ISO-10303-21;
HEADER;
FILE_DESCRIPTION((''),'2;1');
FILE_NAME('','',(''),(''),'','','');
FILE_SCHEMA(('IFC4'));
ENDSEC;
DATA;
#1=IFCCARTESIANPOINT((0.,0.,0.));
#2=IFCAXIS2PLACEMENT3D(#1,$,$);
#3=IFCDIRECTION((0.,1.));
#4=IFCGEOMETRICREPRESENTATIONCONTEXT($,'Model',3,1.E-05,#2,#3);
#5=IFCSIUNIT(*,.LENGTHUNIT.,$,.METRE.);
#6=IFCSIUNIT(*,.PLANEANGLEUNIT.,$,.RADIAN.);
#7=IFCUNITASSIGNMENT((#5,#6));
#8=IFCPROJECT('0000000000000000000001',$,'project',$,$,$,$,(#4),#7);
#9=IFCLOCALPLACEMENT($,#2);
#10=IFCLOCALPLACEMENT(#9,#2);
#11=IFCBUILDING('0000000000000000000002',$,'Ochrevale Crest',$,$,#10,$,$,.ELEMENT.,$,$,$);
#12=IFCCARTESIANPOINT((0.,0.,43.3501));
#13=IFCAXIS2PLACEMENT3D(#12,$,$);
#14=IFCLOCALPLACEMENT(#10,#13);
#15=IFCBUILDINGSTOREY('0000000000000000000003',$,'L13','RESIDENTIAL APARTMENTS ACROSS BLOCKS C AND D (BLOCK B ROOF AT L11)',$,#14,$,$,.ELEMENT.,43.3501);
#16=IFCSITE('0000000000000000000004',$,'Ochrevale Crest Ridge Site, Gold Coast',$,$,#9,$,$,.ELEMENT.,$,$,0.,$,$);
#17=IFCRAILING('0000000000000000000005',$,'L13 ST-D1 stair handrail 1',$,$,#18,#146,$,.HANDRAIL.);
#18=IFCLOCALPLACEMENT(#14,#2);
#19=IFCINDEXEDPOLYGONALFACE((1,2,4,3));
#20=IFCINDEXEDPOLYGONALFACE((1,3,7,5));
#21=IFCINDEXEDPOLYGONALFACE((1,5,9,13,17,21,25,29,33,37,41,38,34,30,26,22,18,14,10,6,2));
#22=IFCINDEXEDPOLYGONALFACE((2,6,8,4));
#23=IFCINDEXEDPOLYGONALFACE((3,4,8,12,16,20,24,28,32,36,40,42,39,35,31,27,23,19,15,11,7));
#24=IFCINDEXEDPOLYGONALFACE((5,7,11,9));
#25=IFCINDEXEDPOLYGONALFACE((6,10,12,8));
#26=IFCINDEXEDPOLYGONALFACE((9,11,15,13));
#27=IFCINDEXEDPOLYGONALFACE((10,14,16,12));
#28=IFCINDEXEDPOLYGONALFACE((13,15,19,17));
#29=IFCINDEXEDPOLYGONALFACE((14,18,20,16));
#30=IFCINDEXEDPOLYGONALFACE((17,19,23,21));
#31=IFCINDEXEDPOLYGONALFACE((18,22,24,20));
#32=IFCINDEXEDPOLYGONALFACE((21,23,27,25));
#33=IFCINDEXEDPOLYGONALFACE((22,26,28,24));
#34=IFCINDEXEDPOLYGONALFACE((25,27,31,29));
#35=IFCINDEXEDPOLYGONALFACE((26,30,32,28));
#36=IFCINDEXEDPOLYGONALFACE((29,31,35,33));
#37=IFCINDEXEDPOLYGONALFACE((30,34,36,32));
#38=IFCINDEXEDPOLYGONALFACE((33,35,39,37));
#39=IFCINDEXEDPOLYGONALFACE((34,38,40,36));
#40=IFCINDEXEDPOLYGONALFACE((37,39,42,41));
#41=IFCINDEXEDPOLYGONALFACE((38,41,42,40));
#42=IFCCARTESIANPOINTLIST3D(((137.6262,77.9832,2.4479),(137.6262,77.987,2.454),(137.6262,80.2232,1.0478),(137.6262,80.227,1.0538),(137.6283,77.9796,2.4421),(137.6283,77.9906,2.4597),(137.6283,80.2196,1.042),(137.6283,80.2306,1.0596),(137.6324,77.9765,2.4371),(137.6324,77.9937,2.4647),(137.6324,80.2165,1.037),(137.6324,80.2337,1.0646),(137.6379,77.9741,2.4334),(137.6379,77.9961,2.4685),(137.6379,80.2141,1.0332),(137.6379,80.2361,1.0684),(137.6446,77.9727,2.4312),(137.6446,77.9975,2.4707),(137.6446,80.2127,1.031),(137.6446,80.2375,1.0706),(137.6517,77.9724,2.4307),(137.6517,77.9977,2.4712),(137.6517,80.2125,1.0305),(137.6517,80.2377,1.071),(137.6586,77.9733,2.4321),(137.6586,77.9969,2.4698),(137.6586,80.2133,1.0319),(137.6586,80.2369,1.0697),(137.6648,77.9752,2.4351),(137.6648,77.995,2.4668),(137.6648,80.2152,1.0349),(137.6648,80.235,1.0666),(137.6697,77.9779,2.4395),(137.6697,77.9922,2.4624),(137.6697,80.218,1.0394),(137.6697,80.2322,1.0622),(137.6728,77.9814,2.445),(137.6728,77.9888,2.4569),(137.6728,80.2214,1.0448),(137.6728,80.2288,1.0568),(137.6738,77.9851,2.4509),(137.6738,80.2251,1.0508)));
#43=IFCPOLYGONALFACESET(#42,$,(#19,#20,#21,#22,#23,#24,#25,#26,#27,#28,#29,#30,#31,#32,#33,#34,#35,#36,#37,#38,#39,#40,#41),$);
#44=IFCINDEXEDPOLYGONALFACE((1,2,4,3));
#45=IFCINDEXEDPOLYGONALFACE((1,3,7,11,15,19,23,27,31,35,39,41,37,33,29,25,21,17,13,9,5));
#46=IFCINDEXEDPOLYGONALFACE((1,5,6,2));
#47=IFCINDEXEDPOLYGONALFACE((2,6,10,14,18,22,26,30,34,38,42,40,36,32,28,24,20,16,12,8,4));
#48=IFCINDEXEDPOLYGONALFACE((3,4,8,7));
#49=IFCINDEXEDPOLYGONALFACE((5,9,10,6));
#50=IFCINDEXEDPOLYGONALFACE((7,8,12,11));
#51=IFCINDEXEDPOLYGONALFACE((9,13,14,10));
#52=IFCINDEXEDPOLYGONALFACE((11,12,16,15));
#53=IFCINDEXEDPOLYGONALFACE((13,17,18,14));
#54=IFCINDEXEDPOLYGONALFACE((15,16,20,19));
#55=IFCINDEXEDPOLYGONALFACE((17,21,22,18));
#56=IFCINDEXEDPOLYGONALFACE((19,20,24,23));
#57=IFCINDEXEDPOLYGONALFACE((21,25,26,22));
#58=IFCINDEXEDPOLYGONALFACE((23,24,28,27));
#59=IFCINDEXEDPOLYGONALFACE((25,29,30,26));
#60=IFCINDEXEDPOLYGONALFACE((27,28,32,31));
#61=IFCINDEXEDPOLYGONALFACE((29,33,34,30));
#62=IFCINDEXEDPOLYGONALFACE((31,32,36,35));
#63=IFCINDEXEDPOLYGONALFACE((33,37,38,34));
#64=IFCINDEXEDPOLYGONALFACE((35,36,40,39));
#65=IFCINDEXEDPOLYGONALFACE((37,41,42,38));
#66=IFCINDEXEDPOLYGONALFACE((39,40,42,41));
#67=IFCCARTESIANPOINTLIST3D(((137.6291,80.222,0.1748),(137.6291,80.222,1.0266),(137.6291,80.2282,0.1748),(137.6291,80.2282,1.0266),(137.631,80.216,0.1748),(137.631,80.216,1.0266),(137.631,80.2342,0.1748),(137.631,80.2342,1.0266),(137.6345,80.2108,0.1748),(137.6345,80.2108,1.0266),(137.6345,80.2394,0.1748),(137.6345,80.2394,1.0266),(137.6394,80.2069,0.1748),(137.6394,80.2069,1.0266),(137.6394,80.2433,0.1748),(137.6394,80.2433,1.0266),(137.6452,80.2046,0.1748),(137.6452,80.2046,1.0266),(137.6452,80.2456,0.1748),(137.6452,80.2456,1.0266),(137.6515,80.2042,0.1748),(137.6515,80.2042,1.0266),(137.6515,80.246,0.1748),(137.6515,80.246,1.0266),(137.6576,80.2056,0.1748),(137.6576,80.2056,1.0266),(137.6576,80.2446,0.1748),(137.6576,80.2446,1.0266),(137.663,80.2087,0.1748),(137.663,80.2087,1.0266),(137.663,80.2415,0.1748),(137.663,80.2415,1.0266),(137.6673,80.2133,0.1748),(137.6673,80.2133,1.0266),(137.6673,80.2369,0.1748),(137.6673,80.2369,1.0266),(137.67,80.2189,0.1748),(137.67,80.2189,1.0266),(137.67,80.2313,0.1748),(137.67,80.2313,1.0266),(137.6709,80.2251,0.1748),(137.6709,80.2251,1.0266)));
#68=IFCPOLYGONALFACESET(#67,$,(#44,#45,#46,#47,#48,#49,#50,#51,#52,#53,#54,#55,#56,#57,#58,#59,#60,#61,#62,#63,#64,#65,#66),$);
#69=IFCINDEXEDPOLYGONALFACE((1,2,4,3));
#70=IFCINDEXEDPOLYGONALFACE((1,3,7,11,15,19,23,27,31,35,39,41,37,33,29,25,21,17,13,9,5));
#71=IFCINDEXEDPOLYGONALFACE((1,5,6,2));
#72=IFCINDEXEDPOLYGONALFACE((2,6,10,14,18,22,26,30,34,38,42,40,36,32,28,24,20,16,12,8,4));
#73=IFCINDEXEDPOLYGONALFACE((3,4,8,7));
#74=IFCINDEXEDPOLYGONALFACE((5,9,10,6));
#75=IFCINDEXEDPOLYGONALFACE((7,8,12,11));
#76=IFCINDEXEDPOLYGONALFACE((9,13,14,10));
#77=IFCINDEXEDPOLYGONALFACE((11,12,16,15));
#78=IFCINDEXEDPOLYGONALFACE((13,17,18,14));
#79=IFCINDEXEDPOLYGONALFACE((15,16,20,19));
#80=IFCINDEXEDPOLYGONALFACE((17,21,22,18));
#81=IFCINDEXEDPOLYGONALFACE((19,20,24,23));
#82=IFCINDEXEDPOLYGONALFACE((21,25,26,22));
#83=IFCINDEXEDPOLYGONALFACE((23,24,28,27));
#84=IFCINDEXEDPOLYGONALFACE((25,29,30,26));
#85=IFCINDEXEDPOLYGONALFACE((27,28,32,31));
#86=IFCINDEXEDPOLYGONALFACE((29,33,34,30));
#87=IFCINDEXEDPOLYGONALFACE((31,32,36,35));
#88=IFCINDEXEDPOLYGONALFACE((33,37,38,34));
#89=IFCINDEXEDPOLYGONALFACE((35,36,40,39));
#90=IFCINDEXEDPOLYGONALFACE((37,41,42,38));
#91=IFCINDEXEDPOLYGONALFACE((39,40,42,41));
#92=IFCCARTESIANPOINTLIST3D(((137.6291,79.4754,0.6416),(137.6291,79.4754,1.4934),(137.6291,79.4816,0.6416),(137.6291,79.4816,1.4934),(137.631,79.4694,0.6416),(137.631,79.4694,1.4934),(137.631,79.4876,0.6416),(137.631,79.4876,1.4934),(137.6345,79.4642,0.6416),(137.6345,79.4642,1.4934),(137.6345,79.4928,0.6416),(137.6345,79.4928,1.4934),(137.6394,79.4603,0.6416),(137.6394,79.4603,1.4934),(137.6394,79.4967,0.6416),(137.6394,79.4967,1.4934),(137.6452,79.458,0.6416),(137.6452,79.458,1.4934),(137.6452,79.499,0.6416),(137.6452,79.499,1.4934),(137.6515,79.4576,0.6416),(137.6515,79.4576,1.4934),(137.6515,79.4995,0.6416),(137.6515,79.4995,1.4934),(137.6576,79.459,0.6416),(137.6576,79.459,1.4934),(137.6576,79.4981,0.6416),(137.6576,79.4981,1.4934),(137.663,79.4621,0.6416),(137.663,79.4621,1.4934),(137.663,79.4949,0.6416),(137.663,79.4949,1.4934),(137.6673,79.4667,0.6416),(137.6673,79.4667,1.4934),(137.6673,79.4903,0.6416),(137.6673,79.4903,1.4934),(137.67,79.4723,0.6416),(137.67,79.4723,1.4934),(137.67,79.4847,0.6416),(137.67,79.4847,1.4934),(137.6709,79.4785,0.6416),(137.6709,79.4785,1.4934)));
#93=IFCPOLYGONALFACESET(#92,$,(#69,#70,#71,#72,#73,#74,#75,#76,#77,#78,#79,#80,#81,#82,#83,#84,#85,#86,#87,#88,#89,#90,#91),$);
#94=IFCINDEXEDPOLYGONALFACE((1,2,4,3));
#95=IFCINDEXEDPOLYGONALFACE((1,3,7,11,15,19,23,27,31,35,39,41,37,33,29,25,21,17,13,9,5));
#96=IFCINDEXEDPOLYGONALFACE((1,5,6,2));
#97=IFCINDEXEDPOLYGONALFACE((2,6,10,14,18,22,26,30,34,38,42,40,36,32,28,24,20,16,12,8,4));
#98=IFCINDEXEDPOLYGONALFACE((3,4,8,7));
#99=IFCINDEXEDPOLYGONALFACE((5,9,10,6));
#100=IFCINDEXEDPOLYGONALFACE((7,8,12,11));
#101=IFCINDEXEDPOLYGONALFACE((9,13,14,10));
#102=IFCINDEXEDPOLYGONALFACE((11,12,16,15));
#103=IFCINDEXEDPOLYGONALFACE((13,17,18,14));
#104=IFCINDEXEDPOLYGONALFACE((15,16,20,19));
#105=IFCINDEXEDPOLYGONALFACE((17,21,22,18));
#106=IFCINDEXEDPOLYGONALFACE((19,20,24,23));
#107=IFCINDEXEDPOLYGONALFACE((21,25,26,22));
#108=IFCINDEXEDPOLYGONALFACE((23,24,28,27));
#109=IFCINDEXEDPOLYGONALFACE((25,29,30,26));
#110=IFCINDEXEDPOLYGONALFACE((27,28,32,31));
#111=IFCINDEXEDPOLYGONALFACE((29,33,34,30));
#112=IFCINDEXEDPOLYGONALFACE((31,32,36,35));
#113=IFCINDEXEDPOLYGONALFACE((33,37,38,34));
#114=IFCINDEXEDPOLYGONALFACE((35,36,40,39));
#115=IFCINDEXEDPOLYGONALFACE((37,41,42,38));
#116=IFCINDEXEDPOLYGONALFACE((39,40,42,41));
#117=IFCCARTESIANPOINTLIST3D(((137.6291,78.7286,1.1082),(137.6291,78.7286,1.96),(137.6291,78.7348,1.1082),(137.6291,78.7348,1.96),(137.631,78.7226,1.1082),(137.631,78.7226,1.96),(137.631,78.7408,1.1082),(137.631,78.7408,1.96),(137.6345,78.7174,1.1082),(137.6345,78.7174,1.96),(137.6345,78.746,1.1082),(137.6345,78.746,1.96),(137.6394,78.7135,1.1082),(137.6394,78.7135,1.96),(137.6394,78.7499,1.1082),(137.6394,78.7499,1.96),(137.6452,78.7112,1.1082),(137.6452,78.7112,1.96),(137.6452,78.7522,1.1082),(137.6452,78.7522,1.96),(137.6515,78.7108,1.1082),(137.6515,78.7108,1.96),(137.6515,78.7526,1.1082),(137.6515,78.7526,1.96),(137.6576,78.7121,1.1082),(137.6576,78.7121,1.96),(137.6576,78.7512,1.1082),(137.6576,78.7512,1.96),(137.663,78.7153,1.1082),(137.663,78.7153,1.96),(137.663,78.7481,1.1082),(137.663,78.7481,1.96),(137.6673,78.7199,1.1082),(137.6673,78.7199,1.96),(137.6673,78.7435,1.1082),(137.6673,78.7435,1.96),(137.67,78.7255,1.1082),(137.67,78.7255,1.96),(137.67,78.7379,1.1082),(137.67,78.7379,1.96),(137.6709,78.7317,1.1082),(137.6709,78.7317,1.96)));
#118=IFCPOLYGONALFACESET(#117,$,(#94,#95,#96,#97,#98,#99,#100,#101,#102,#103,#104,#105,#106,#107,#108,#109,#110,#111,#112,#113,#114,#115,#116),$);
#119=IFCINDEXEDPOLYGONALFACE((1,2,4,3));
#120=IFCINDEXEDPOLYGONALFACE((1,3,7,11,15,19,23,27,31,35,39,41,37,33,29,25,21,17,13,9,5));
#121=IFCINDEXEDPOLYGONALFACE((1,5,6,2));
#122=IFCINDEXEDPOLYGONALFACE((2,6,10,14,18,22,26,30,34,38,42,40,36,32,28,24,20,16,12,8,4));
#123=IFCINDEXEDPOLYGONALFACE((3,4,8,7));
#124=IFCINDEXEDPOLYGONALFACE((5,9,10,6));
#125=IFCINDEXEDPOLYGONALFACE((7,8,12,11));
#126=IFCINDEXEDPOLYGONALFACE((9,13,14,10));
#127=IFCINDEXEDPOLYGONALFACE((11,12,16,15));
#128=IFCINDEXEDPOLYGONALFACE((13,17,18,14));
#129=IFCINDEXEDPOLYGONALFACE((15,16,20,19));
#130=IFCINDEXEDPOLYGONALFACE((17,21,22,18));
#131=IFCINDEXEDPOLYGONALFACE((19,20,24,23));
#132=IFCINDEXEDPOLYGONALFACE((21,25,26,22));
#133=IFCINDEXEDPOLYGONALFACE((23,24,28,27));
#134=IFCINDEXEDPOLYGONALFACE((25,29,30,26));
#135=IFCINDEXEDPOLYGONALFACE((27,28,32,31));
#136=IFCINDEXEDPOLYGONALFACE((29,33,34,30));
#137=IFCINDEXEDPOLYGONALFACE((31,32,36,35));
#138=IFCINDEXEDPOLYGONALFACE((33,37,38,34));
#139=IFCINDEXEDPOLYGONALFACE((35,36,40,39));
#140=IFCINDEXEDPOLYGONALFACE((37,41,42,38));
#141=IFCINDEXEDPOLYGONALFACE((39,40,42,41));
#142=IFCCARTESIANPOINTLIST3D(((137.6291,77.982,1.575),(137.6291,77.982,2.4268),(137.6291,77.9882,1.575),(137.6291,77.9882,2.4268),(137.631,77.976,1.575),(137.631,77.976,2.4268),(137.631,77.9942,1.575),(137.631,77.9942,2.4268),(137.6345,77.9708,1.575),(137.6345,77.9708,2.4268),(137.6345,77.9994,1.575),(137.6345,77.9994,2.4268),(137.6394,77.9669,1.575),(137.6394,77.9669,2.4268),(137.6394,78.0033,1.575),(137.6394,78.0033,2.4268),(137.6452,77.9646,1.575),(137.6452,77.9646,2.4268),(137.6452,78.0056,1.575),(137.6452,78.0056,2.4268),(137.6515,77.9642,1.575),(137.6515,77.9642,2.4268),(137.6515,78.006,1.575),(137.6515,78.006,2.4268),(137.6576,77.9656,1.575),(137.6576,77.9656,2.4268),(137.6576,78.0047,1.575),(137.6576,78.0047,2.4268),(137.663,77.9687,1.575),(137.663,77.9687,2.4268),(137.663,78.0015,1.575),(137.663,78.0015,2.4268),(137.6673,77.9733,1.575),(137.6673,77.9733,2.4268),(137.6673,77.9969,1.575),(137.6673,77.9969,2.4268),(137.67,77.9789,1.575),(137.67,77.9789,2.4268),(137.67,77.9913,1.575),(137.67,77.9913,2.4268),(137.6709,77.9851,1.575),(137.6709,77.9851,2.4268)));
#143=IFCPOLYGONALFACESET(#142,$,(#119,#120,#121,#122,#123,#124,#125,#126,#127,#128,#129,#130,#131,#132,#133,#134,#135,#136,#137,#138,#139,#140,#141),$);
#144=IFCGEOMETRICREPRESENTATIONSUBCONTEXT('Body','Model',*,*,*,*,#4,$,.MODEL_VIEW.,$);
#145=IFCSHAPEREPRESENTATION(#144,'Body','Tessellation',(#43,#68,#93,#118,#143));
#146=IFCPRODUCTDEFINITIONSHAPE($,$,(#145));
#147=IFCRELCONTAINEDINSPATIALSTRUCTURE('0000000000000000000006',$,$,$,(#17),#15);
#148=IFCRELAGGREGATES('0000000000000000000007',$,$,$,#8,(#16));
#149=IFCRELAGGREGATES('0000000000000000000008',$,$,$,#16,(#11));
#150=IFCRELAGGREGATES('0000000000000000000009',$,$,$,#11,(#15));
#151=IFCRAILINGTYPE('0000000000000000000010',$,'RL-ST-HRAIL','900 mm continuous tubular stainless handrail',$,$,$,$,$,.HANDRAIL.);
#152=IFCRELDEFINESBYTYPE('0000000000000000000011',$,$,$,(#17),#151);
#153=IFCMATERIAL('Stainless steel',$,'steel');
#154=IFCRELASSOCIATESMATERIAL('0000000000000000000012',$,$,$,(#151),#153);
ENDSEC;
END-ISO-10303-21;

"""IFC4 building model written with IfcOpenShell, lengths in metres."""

from ifc_helpers import new_model, si_unit, direction, frame, origin, origin_2d, place, context, subcontext, project, spatial, circle, extrude, material, type_object, element, save


model = new_model("IFC4")

# Units and contexts
model_context = context("Model", 3, precision=1e-05, world=origin(), true_north=direction((0.0, 1.0)))
body_context = subcontext(model_context, "Body", "Model", "MODEL_VIEW")
ifc_project = project(units=[si_unit("LENGTHUNIT", "METRE"), si_unit("PLANEANGLEUNIT", "RADIAN")], contexts=[model_context])

# Site, building, storey
site_placement = place(None, origin())
site = spatial("IfcSite", under=ifc_project, at=site_placement, Name="Ochrevale Crest Ridge Site, Gold Coast", CompositionType="ELEMENT", RefElevation=0.0)
building_placement = place(site_placement, origin())
building = spatial("IfcBuilding", under=site, at=building_placement, Name="Ochrevale Crest", CompositionType="ELEMENT")
storey_placement = place(building_placement, frame((0.0, 0.0, 43.3501)))
storey = spatial("IfcBuildingStorey", under=building, at=storey_placement, Name="L13", Description="RESIDENTIAL APARTMENTS ACROSS BLOCKS C AND D (BLOCK B ROOF AT L11)", CompositionType="ELEMENT", Elevation=43.3501)

# Railing
ifc_material_1 = material(Name="Stainless steel", Category="steel")
railing_type_1 = type_object("IfcRailingType", Name="RL-ST-HRAIL", Description="900 mm continuous tubular stainless handrail", PredefinedType="HANDRAIL", material=ifc_material_1)
railing_1_placement = place(storey_placement, frame((137.6499, 80.2251, 0.1748)))
element("IfcRailing", 1, at=railing_1_placement, inside=storey, type_object=railing_type_1, Name="L13 ST-D1 stair handrail 1", PredefinedType="HANDRAIL", context=body_context, shape_type="SweptSolid", body=[
    extrude(circle(Radius=0.0239, at=origin_2d()), frame((0.0, 0.0, 0.876), z_axis=(0.0, -0.847972, 0.53004), x_axis=(1.0, 0.0, 0.0)), (0.0, 0.0, 1.0), 2.6416),
    extrude(circle(Radius=0.021, at=origin_2d()), origin(), (0.0, 0.0, 1.0), 0.8518),
    extrude(circle(Radius=0.021, at=origin_2d()), frame((0.0, -0.7466, 0.4668)), (0.0, 0.0, 1.0), 0.8518),
    extrude(circle(Radius=0.021, at=origin_2d()), frame((0.0, -1.4934, 0.9333)), (0.0, 0.0, 1.0), 0.8518),
    extrude(circle(Radius=0.021, at=origin_2d()), frame((0.0, -2.24, 1.4001)), (0.0, 0.0, 1.0), 0.8518),
])

save(model, "model.ifc")
